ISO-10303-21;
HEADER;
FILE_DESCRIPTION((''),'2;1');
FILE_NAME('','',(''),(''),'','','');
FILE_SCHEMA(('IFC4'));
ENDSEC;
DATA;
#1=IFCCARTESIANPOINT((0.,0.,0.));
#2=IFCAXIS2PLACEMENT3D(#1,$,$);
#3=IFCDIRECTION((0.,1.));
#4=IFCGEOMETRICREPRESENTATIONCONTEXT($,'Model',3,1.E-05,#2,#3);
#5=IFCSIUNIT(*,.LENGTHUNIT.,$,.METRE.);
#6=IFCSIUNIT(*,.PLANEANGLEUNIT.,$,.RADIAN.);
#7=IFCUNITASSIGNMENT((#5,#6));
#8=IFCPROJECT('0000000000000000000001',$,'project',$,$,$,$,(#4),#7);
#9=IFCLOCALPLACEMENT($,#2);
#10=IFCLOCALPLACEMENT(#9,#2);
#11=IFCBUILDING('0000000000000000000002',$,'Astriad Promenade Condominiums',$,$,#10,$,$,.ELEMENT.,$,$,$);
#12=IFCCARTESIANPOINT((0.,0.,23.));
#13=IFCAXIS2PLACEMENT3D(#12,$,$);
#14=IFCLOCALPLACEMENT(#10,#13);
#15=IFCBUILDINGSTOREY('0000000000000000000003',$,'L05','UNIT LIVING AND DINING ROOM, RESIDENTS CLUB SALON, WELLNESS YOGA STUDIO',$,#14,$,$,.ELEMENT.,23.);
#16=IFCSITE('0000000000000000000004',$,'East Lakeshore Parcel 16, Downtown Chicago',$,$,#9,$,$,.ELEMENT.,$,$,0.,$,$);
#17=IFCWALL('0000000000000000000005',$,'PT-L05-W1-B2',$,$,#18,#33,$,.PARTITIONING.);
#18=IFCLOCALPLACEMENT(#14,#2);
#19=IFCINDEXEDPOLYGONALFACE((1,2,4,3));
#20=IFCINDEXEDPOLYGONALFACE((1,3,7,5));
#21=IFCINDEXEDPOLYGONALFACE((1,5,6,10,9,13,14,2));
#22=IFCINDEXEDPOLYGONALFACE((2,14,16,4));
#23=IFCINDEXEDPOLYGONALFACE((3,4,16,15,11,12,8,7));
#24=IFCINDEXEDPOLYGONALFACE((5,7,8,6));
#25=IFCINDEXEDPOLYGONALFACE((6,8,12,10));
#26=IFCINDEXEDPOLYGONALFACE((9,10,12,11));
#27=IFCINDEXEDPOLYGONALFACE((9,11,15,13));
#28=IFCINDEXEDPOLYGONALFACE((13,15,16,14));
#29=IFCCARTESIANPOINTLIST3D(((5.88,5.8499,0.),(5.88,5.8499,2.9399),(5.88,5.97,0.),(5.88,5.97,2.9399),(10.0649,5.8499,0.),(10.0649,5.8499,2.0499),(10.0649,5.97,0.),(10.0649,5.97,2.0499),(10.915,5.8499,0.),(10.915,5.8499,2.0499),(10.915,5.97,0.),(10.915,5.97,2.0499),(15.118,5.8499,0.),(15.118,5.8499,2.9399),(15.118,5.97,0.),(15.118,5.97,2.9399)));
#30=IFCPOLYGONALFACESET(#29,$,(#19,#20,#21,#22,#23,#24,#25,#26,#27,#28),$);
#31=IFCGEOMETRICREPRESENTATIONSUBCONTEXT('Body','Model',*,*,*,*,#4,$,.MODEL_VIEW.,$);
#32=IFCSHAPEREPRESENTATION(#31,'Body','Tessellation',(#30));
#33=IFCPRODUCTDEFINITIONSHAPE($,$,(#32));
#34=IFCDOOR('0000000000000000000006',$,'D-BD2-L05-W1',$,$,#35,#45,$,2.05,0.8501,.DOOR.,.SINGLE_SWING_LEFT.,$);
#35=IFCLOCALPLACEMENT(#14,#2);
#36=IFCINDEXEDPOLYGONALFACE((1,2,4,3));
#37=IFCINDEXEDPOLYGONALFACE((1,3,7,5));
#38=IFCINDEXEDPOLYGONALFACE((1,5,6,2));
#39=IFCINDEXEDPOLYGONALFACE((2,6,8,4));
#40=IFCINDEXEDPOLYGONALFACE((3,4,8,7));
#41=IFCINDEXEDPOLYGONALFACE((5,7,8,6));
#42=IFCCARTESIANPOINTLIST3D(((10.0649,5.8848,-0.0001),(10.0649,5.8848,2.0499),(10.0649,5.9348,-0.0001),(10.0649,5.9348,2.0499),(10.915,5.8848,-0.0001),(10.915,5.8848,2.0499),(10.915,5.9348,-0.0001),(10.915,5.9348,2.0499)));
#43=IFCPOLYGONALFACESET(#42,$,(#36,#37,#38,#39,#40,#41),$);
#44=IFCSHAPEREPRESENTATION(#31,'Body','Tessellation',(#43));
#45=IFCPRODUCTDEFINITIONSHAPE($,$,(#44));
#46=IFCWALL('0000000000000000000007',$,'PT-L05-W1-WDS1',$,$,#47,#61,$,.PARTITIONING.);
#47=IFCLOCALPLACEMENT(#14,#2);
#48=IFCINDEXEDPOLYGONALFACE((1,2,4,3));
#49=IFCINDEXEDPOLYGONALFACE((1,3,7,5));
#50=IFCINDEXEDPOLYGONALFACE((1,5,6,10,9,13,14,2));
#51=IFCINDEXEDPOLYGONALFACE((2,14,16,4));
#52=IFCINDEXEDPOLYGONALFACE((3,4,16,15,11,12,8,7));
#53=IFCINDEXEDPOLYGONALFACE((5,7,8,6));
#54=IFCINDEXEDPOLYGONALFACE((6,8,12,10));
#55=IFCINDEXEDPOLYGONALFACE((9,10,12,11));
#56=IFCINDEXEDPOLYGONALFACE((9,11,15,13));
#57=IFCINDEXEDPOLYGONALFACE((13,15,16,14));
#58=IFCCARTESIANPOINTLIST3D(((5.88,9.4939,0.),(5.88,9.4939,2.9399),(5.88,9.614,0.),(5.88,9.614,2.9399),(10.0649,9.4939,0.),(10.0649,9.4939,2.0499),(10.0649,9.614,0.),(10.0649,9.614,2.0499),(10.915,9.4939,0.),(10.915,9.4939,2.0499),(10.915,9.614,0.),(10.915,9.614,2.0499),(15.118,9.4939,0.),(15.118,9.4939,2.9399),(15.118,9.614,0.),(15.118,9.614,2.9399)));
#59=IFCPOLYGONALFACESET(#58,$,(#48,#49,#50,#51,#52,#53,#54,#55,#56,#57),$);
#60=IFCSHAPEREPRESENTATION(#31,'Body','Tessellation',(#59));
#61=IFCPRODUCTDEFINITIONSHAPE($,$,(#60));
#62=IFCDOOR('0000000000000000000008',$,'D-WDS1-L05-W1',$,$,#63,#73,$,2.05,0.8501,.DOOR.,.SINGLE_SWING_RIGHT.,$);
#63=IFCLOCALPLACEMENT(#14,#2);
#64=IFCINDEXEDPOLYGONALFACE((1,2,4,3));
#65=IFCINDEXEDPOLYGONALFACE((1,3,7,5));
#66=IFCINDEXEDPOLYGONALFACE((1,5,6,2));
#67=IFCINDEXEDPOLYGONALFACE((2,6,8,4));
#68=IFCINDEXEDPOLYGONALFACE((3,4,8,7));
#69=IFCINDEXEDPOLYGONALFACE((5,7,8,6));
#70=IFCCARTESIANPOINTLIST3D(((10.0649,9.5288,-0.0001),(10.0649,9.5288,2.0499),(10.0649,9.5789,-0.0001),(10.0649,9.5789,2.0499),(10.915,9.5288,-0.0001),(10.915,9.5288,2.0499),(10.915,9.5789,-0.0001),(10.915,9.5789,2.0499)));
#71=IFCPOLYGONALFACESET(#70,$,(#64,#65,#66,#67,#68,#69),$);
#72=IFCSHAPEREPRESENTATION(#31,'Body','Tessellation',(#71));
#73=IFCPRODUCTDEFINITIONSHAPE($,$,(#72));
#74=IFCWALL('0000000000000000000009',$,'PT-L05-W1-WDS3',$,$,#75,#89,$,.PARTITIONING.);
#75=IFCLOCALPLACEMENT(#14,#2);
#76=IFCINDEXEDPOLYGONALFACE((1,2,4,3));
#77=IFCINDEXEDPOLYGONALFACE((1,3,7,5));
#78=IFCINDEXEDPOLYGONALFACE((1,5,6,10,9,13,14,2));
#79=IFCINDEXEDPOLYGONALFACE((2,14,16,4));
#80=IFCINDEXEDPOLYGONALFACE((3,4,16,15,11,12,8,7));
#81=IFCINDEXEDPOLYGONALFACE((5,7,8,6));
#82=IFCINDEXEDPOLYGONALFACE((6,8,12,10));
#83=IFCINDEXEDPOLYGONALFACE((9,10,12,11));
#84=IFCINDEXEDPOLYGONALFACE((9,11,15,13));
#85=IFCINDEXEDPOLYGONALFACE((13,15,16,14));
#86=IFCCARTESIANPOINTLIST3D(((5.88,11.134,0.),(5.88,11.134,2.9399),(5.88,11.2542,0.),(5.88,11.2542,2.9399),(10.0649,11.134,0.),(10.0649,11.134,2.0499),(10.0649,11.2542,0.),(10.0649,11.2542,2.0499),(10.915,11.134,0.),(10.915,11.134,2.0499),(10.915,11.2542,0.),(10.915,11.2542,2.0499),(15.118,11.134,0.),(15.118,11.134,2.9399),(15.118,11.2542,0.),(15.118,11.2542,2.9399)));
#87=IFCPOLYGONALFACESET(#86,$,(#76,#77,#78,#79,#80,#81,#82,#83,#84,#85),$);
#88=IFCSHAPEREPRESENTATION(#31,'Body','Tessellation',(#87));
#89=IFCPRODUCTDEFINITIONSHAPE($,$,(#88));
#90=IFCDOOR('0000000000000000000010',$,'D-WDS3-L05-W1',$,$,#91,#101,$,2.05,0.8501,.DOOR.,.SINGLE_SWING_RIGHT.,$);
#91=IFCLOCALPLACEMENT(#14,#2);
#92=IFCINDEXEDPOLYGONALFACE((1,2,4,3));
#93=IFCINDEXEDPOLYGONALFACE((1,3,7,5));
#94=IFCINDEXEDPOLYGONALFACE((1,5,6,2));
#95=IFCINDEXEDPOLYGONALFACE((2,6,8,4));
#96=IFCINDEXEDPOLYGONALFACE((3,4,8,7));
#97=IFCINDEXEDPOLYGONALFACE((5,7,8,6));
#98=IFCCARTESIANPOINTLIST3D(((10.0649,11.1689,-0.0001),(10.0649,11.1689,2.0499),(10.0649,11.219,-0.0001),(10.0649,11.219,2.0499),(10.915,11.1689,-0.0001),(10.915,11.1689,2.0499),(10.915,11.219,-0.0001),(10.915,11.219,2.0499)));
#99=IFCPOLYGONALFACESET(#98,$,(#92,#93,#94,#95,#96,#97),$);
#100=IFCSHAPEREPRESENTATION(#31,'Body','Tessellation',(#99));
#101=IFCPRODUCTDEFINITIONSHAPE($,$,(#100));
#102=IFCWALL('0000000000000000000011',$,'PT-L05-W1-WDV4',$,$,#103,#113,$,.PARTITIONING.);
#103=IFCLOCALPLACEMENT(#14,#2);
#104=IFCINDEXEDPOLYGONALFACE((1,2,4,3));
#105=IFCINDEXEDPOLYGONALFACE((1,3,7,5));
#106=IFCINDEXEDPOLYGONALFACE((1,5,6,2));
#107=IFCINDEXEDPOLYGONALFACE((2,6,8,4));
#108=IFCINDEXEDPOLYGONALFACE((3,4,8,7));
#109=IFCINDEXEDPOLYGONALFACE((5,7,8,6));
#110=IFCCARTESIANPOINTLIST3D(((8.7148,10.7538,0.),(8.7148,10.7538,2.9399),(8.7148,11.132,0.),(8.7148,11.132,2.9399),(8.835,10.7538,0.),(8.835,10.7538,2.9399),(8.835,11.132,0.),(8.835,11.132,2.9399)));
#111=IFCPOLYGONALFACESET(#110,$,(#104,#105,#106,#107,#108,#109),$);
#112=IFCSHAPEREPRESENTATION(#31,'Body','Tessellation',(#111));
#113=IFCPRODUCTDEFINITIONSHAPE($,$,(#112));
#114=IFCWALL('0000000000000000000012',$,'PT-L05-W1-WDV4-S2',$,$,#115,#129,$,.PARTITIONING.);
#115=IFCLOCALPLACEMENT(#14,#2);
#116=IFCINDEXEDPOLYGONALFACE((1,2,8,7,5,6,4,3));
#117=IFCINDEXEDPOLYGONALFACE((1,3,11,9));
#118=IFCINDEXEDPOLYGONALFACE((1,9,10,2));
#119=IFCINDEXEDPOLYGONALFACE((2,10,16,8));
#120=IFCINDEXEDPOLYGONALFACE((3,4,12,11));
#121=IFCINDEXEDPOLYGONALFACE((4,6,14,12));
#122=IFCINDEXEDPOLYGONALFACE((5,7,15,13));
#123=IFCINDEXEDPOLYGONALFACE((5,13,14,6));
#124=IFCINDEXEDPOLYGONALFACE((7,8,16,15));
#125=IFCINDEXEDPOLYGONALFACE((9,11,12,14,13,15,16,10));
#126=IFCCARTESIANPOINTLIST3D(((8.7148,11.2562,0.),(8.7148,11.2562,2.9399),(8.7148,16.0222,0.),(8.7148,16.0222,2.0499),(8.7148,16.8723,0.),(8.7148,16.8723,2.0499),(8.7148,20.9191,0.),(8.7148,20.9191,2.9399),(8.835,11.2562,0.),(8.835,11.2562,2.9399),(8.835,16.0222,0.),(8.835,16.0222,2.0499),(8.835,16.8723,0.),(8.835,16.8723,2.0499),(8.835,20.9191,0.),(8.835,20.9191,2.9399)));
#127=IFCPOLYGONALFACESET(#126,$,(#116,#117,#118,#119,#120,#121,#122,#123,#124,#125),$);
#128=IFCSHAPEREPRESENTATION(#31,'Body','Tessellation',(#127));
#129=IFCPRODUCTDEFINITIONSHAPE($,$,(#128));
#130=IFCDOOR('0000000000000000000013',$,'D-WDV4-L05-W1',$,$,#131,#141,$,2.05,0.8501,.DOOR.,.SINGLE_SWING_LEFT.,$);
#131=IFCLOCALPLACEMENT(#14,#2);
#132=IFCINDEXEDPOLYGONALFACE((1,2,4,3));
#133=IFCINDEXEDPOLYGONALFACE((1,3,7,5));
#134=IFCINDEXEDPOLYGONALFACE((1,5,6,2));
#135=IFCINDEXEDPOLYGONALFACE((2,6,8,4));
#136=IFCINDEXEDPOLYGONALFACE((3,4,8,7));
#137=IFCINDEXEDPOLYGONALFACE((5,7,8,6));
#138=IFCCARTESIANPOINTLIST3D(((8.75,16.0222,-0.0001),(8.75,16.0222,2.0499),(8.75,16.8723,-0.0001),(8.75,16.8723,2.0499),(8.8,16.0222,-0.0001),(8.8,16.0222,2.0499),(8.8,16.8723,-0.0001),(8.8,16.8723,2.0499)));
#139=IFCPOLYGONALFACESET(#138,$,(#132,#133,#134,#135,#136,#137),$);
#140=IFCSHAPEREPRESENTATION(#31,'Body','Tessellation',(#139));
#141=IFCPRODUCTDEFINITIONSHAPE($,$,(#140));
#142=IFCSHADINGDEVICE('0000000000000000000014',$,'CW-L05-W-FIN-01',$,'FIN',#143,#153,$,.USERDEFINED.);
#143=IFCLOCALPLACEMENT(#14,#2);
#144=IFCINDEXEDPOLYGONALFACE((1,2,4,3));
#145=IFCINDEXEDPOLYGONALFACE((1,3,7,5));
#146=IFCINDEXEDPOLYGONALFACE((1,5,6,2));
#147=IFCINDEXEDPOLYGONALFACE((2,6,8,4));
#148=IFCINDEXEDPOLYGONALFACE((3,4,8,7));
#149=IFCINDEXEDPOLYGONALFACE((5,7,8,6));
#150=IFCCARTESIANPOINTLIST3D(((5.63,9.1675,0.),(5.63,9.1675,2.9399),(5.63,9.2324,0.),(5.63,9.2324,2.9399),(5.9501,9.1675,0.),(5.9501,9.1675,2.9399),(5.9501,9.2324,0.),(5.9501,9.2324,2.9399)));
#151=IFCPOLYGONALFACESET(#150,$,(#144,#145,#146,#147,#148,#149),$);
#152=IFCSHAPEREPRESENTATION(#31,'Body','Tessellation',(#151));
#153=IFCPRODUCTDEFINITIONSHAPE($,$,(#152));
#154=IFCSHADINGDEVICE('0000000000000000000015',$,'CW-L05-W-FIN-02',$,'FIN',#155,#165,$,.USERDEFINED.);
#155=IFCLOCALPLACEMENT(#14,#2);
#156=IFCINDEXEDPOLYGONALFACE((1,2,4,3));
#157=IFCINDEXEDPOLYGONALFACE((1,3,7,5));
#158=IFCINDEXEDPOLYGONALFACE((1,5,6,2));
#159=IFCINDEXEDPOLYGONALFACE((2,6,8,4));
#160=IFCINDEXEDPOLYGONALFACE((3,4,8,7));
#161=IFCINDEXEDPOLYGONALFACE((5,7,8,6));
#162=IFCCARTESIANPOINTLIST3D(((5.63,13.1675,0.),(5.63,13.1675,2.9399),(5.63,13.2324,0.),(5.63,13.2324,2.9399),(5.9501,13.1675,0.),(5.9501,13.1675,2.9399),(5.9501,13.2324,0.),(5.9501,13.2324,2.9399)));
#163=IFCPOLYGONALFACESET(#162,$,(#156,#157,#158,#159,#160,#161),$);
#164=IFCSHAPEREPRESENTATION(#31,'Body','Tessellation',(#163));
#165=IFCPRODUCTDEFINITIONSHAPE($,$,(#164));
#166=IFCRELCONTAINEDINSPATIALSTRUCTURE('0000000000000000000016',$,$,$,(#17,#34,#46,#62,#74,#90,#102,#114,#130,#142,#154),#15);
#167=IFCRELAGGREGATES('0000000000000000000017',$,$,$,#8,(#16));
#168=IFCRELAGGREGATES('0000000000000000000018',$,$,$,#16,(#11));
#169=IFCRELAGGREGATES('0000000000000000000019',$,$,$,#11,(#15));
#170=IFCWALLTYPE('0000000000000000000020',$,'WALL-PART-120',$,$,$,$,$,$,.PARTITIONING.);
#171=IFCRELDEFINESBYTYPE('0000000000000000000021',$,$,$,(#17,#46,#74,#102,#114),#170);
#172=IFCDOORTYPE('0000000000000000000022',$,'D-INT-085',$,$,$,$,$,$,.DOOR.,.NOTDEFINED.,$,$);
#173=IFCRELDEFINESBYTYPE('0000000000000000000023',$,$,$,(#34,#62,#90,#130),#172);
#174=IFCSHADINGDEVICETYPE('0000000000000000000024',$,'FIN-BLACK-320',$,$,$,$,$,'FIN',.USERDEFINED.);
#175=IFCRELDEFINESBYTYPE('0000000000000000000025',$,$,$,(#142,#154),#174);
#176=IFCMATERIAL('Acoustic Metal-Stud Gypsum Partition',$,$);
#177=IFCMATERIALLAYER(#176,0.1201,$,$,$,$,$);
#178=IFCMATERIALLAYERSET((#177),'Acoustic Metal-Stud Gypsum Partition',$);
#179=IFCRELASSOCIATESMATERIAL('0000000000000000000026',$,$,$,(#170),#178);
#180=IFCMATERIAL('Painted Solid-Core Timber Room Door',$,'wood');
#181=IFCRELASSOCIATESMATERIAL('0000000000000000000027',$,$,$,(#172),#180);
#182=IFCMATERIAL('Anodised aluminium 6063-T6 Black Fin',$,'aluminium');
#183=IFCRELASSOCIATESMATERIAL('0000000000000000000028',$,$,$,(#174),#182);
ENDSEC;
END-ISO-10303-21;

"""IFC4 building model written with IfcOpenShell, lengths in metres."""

from ifc_helpers import new_model, si_unit, direction, frame, frame_2d, origin, origin_2d, place, context, subcontext, project, spatial, rectangle, extrude, source, transform, mapped, material, layer, layer_set, type_object, type_shapes, element, fill, save


model = new_model("IFC4")

# Units and contexts
model_context = context("Model", 3, precision=1e-05, world=origin(), true_north=direction((0.0, 1.0)))
body_context = subcontext(model_context, "Body", "Model", "MODEL_VIEW")
ifc_project = project(units=[si_unit("LENGTHUNIT", "METRE"), si_unit("PLANEANGLEUNIT", "RADIAN")], contexts=[model_context])

# Site, building, storey
site_placement = place(None, origin())
site = spatial("IfcSite", under=ifc_project, at=site_placement, Name="East Lakeshore Parcel 16, Downtown Chicago", CompositionType="ELEMENT", RefElevation=0.0)
building_placement = place(site_placement, origin())
building = spatial("IfcBuilding", under=site, at=building_placement, Name="Astriad Promenade Condominiums", CompositionType="ELEMENT")
storey_placement = place(building_placement, frame((0.0, 0.0, 23.0)))
storey = spatial("IfcBuildingStorey", under=building, at=storey_placement, Name="L05", Description="UNIT LIVING AND DINING ROOM, RESIDENTS CLUB SALON, WELLNESS YOGA STUDIO", CompositionType="ELEMENT", Elevation=23.0)

# Walls, openings, doors
ifc_material_1 = material(Name="Acoustic Metal-Stud Gypsum Partition")
ifc_layer_1 = layer(ifc_material_1, 0.1201)
ifc_layer_set_1 = layer_set([ifc_layer_1], Name="Acoustic Metal-Stud Gypsum Partition")
wall_type_1 = type_object("IfcWallType", Name="WALL-PART-120", PredefinedType="PARTITIONING", material=ifc_layer_set_1)
wall_1_placement = place(storey_placement, frame((5.8799, 5.9099, 0.0), z_axis=(0.0, 0.0, 1.0), x_axis=(1.0, 0.0, 0.0)))
wall_1 = element("IfcWall", 1, at=wall_1_placement, inside=storey, type_object=wall_type_1, Name="PT-L05-W1-B2", PredefinedType="PARTITIONING", context=body_context, shape_type="SweptSolid", body=[
    extrude(rectangle(XDim=9.238, YDim=0.1201, at=frame_2d((4.6191, 0.0))), origin(), (0.0, 0.0, 1.0), 2.9399),
])
opening_1_placement = place(wall_1_placement, frame((4.1851, 0.0, 0.0)))
opening_1 = element("IfcOpeningElement", 2, at=opening_1_placement, cuts=wall_1, PredefinedType="OPENING", context=body_context, shape_type="SweptSolid", body=[
    extrude(rectangle(XDim=0.8501, YDim=2.05, at=frame_2d((0.425, 1.0249))), frame((0.0, 0.0701, 0.0), z_axis=(0.0, -1.0, 0.0), x_axis=(1.0, 0.0, 0.0)), (0.0, 0.0, 1.0), 0.1401),
])
ifc_material_2 = material(Name="Painted Solid-Core Timber Room Door", Category="wood")
door_type = type_object("IfcDoorType", Name="D-INT-085", OperationType="NOTDEFINED", PredefinedType="DOOR", material=ifc_material_2)
shared_shape_1 = source(origin(), body_context, "Body", "SweptSolid", [
    extrude(rectangle(XDim=0.8501, YDim=2.05, at=frame_2d((0.425, 1.0249))), frame((0.0, 0.0249, 0.0), z_axis=(0.0, -1.0, 0.0), x_axis=(1.0, 0.0, 0.0)), (0.0, 0.0, 1.0), 0.05),
])
type_shapes(door_type, [shared_shape_1])
door_1_placement = place(opening_1_placement, origin())
door_1 = element("IfcDoor", 3, at=door_1_placement, inside=storey, type_object=door_type, Name="D-BD2-L05-W1", OperationType="SINGLE_SWING_LEFT", OverallHeight=2.05, OverallWidth=0.8501, PredefinedType="DOOR", context=body_context, shape_type="MappedRepresentation", body=[
    mapped(shared_shape_1, transform((0.0, 0.0, 0.0), scale=1.0)),
])
fill(opening_1, door_1)
wall_2_placement = place(storey_placement, frame((5.8799, 9.554, 0.0), z_axis=(0.0, 0.0, 1.0), x_axis=(1.0, 0.0, 0.0)))
wall_2 = element("IfcWall", 4, at=wall_2_placement, inside=storey, type_object=wall_type_1, Name="PT-L05-W1-WDS1", PredefinedType="PARTITIONING", context=body_context, shape_type="SweptSolid", body=[
    extrude(rectangle(XDim=9.238, YDim=0.1201, at=frame_2d((4.6191, 0.0))), origin(), (0.0, 0.0, 1.0), 2.9399),
])
opening_2_placement = place(wall_2_placement, frame((4.1851, 0.0, 0.0)))
opening_2 = element("IfcOpeningElement", 5, at=opening_2_placement, cuts=wall_2, PredefinedType="OPENING", context=body_context, shape_type="SweptSolid", body=[
    extrude(rectangle(XDim=0.8501, YDim=2.05, at=frame_2d((0.425, 1.0249))), frame((0.0, 0.0701, 0.0), z_axis=(0.0, -1.0, 0.0), x_axis=(1.0, 0.0, 0.0)), (0.0, 0.0, 1.0), 0.1401),
])
door_2_placement = place(opening_2_placement, origin())
door_2 = element("IfcDoor", 6, at=door_2_placement, inside=storey, type_object=door_type, Name="D-WDS1-L05-W1", OperationType="SINGLE_SWING_RIGHT", OverallHeight=2.05, OverallWidth=0.8501, PredefinedType="DOOR", context=body_context, shape_type="MappedRepresentation", body=[
    mapped(shared_shape_1, transform((0.0, 0.0, 0.0), scale=1.0)),
])
fill(opening_2, door_2)
wall_3_placement = place(storey_placement, frame((5.8799, 11.1941, 0.0), z_axis=(0.0, 0.0, 1.0), x_axis=(1.0, 0.0, 0.0)))
wall_3 = element("IfcWall", 7, at=wall_3_placement, inside=storey, type_object=wall_type_1, Name="PT-L05-W1-WDS3", PredefinedType="PARTITIONING", context=body_context, shape_type="SweptSolid", body=[
    extrude(rectangle(XDim=9.238, YDim=0.1201, at=frame_2d((4.6191, 0.0))), origin(), (0.0, 0.0, 1.0), 2.9399),
])
opening_3_placement = place(wall_3_placement, frame((4.1851, 0.0, 0.0)))
opening_3 = element("IfcOpeningElement", 8, at=opening_3_placement, cuts=wall_3, PredefinedType="OPENING", context=body_context, shape_type="SweptSolid", body=[
    extrude(rectangle(XDim=0.8501, YDim=2.05, at=frame_2d((0.425, 1.0249))), frame((0.0, 0.0701, 0.0), z_axis=(0.0, -1.0, 0.0), x_axis=(1.0, 0.0, 0.0)), (0.0, 0.0, 1.0), 0.1401),
])
door_3_placement = place(opening_3_placement, origin())
door_3 = element("IfcDoor", 9, at=door_3_placement, inside=storey, type_object=door_type, Name="D-WDS3-L05-W1", OperationType="SINGLE_SWING_RIGHT", OverallHeight=2.05, OverallWidth=0.8501, PredefinedType="DOOR", context=body_context, shape_type="MappedRepresentation", body=[
    mapped(shared_shape_1, transform((0.0, 0.0, 0.0), scale=1.0)),
])
fill(opening_3, door_3)

# Wall
wall_4_placement = place(storey_placement, frame((8.7749, 10.7539, 0.0), z_axis=(0.0, 0.0, 1.0), x_axis=(0.0, 1.0, 0.0)))
element("IfcWall", 10, at=wall_4_placement, inside=storey, type_object=wall_type_1, Name="PT-L05-W1-WDV4", PredefinedType="PARTITIONING", context=body_context, shape_type="SweptSolid", body=[
    extrude(rectangle(XDim=0.3782, YDim=0.1201, at=frame_2d((0.189, 0.0))), origin(), (0.0, 0.0, 1.0), 2.9399),
])

# Wall, opening, door
wall_5_placement = place(storey_placement, frame((8.7749, 11.2561, 0.0), z_axis=(0.0, 0.0, 1.0), x_axis=(0.0, 1.0, 0.0)))
wall_5 = element("IfcWall", 11, at=wall_5_placement, inside=storey, type_object=wall_type_1, Name="PT-L05-W1-WDV4-S2", PredefinedType="PARTITIONING", context=body_context, shape_type="SweptSolid", body=[
    extrude(rectangle(XDim=9.6628, YDim=0.1201, at=frame_2d((4.8315, 0.0))), origin(), (0.0, 0.0, 1.0), 2.9399),
])
opening_4_placement = place(wall_5_placement, frame((4.7661, 0.0, 0.0)))
opening_4 = element("IfcOpeningElement", 12, at=opening_4_placement, cuts=wall_5, PredefinedType="OPENING", context=body_context, shape_type="SweptSolid", body=[
    extrude(rectangle(XDim=0.8501, YDim=2.05, at=frame_2d((0.425, 1.0249))), frame((0.0, 0.0701, 0.0), z_axis=(0.0, -1.0, 0.0), x_axis=(1.0, 0.0, 0.0)), (0.0, 0.0, 1.0), 0.1401),
])
door_4_placement = place(opening_4_placement, origin())
door_4 = element("IfcDoor", 13, at=door_4_placement, inside=storey, type_object=door_type, Name="D-WDV4-L05-W1", OperationType="SINGLE_SWING_LEFT", OverallHeight=2.05, OverallWidth=0.8501, PredefinedType="DOOR", context=body_context, shape_type="MappedRepresentation", body=[
    mapped(shared_shape_1, transform((0.0, 0.0, 0.0), scale=1.0)),
])
fill(opening_4, door_4)

# Shading devices
ifc_material_3 = material(Name="Anodised aluminium 6063-T6 Black Fin", Category="aluminium")
shading_device_type = type_object("IfcShadingDeviceType", Name="FIN-BLACK-320", ElementType="FIN", PredefinedType="USERDEFINED", material=ifc_material_3)
shared_shape_2 = source(origin(), body_context, "Body", "SweptSolid", [
    extrude(rectangle(XDim=0.0649, YDim=0.3201, at=origin_2d()), origin(), (0.0, 0.0, 1.0), 2.9399),
])
type_shapes(shading_device_type, [shared_shape_2])
for number, where, z_axis, x_axis, name in (
    (14, (5.79, 9.2, 0.0), (0.0, 0.0, 1.0), (0.0, 1.0, 0.0), "CW-L05-W-FIN-01"),
    (15, (5.79, 13.2, 0.0), (0.0, 0.0, 1.0), (0.0, 1.0, 0.0), "CW-L05-W-FIN-02"),
):
    element("IfcShadingDevice", number, at=place(storey_placement, frame(where, z_axis=z_axis, x_axis=x_axis)), inside=storey, type_object=shading_device_type, Name=name, ObjectType="FIN", PredefinedType="USERDEFINED", context=body_context, shape_type="MappedRepresentation", body=[
        mapped(shared_shape_2, transform((0.0, 0.0, 0.0), scale=1.0)),
    ])

save(model, "model.ifc")
